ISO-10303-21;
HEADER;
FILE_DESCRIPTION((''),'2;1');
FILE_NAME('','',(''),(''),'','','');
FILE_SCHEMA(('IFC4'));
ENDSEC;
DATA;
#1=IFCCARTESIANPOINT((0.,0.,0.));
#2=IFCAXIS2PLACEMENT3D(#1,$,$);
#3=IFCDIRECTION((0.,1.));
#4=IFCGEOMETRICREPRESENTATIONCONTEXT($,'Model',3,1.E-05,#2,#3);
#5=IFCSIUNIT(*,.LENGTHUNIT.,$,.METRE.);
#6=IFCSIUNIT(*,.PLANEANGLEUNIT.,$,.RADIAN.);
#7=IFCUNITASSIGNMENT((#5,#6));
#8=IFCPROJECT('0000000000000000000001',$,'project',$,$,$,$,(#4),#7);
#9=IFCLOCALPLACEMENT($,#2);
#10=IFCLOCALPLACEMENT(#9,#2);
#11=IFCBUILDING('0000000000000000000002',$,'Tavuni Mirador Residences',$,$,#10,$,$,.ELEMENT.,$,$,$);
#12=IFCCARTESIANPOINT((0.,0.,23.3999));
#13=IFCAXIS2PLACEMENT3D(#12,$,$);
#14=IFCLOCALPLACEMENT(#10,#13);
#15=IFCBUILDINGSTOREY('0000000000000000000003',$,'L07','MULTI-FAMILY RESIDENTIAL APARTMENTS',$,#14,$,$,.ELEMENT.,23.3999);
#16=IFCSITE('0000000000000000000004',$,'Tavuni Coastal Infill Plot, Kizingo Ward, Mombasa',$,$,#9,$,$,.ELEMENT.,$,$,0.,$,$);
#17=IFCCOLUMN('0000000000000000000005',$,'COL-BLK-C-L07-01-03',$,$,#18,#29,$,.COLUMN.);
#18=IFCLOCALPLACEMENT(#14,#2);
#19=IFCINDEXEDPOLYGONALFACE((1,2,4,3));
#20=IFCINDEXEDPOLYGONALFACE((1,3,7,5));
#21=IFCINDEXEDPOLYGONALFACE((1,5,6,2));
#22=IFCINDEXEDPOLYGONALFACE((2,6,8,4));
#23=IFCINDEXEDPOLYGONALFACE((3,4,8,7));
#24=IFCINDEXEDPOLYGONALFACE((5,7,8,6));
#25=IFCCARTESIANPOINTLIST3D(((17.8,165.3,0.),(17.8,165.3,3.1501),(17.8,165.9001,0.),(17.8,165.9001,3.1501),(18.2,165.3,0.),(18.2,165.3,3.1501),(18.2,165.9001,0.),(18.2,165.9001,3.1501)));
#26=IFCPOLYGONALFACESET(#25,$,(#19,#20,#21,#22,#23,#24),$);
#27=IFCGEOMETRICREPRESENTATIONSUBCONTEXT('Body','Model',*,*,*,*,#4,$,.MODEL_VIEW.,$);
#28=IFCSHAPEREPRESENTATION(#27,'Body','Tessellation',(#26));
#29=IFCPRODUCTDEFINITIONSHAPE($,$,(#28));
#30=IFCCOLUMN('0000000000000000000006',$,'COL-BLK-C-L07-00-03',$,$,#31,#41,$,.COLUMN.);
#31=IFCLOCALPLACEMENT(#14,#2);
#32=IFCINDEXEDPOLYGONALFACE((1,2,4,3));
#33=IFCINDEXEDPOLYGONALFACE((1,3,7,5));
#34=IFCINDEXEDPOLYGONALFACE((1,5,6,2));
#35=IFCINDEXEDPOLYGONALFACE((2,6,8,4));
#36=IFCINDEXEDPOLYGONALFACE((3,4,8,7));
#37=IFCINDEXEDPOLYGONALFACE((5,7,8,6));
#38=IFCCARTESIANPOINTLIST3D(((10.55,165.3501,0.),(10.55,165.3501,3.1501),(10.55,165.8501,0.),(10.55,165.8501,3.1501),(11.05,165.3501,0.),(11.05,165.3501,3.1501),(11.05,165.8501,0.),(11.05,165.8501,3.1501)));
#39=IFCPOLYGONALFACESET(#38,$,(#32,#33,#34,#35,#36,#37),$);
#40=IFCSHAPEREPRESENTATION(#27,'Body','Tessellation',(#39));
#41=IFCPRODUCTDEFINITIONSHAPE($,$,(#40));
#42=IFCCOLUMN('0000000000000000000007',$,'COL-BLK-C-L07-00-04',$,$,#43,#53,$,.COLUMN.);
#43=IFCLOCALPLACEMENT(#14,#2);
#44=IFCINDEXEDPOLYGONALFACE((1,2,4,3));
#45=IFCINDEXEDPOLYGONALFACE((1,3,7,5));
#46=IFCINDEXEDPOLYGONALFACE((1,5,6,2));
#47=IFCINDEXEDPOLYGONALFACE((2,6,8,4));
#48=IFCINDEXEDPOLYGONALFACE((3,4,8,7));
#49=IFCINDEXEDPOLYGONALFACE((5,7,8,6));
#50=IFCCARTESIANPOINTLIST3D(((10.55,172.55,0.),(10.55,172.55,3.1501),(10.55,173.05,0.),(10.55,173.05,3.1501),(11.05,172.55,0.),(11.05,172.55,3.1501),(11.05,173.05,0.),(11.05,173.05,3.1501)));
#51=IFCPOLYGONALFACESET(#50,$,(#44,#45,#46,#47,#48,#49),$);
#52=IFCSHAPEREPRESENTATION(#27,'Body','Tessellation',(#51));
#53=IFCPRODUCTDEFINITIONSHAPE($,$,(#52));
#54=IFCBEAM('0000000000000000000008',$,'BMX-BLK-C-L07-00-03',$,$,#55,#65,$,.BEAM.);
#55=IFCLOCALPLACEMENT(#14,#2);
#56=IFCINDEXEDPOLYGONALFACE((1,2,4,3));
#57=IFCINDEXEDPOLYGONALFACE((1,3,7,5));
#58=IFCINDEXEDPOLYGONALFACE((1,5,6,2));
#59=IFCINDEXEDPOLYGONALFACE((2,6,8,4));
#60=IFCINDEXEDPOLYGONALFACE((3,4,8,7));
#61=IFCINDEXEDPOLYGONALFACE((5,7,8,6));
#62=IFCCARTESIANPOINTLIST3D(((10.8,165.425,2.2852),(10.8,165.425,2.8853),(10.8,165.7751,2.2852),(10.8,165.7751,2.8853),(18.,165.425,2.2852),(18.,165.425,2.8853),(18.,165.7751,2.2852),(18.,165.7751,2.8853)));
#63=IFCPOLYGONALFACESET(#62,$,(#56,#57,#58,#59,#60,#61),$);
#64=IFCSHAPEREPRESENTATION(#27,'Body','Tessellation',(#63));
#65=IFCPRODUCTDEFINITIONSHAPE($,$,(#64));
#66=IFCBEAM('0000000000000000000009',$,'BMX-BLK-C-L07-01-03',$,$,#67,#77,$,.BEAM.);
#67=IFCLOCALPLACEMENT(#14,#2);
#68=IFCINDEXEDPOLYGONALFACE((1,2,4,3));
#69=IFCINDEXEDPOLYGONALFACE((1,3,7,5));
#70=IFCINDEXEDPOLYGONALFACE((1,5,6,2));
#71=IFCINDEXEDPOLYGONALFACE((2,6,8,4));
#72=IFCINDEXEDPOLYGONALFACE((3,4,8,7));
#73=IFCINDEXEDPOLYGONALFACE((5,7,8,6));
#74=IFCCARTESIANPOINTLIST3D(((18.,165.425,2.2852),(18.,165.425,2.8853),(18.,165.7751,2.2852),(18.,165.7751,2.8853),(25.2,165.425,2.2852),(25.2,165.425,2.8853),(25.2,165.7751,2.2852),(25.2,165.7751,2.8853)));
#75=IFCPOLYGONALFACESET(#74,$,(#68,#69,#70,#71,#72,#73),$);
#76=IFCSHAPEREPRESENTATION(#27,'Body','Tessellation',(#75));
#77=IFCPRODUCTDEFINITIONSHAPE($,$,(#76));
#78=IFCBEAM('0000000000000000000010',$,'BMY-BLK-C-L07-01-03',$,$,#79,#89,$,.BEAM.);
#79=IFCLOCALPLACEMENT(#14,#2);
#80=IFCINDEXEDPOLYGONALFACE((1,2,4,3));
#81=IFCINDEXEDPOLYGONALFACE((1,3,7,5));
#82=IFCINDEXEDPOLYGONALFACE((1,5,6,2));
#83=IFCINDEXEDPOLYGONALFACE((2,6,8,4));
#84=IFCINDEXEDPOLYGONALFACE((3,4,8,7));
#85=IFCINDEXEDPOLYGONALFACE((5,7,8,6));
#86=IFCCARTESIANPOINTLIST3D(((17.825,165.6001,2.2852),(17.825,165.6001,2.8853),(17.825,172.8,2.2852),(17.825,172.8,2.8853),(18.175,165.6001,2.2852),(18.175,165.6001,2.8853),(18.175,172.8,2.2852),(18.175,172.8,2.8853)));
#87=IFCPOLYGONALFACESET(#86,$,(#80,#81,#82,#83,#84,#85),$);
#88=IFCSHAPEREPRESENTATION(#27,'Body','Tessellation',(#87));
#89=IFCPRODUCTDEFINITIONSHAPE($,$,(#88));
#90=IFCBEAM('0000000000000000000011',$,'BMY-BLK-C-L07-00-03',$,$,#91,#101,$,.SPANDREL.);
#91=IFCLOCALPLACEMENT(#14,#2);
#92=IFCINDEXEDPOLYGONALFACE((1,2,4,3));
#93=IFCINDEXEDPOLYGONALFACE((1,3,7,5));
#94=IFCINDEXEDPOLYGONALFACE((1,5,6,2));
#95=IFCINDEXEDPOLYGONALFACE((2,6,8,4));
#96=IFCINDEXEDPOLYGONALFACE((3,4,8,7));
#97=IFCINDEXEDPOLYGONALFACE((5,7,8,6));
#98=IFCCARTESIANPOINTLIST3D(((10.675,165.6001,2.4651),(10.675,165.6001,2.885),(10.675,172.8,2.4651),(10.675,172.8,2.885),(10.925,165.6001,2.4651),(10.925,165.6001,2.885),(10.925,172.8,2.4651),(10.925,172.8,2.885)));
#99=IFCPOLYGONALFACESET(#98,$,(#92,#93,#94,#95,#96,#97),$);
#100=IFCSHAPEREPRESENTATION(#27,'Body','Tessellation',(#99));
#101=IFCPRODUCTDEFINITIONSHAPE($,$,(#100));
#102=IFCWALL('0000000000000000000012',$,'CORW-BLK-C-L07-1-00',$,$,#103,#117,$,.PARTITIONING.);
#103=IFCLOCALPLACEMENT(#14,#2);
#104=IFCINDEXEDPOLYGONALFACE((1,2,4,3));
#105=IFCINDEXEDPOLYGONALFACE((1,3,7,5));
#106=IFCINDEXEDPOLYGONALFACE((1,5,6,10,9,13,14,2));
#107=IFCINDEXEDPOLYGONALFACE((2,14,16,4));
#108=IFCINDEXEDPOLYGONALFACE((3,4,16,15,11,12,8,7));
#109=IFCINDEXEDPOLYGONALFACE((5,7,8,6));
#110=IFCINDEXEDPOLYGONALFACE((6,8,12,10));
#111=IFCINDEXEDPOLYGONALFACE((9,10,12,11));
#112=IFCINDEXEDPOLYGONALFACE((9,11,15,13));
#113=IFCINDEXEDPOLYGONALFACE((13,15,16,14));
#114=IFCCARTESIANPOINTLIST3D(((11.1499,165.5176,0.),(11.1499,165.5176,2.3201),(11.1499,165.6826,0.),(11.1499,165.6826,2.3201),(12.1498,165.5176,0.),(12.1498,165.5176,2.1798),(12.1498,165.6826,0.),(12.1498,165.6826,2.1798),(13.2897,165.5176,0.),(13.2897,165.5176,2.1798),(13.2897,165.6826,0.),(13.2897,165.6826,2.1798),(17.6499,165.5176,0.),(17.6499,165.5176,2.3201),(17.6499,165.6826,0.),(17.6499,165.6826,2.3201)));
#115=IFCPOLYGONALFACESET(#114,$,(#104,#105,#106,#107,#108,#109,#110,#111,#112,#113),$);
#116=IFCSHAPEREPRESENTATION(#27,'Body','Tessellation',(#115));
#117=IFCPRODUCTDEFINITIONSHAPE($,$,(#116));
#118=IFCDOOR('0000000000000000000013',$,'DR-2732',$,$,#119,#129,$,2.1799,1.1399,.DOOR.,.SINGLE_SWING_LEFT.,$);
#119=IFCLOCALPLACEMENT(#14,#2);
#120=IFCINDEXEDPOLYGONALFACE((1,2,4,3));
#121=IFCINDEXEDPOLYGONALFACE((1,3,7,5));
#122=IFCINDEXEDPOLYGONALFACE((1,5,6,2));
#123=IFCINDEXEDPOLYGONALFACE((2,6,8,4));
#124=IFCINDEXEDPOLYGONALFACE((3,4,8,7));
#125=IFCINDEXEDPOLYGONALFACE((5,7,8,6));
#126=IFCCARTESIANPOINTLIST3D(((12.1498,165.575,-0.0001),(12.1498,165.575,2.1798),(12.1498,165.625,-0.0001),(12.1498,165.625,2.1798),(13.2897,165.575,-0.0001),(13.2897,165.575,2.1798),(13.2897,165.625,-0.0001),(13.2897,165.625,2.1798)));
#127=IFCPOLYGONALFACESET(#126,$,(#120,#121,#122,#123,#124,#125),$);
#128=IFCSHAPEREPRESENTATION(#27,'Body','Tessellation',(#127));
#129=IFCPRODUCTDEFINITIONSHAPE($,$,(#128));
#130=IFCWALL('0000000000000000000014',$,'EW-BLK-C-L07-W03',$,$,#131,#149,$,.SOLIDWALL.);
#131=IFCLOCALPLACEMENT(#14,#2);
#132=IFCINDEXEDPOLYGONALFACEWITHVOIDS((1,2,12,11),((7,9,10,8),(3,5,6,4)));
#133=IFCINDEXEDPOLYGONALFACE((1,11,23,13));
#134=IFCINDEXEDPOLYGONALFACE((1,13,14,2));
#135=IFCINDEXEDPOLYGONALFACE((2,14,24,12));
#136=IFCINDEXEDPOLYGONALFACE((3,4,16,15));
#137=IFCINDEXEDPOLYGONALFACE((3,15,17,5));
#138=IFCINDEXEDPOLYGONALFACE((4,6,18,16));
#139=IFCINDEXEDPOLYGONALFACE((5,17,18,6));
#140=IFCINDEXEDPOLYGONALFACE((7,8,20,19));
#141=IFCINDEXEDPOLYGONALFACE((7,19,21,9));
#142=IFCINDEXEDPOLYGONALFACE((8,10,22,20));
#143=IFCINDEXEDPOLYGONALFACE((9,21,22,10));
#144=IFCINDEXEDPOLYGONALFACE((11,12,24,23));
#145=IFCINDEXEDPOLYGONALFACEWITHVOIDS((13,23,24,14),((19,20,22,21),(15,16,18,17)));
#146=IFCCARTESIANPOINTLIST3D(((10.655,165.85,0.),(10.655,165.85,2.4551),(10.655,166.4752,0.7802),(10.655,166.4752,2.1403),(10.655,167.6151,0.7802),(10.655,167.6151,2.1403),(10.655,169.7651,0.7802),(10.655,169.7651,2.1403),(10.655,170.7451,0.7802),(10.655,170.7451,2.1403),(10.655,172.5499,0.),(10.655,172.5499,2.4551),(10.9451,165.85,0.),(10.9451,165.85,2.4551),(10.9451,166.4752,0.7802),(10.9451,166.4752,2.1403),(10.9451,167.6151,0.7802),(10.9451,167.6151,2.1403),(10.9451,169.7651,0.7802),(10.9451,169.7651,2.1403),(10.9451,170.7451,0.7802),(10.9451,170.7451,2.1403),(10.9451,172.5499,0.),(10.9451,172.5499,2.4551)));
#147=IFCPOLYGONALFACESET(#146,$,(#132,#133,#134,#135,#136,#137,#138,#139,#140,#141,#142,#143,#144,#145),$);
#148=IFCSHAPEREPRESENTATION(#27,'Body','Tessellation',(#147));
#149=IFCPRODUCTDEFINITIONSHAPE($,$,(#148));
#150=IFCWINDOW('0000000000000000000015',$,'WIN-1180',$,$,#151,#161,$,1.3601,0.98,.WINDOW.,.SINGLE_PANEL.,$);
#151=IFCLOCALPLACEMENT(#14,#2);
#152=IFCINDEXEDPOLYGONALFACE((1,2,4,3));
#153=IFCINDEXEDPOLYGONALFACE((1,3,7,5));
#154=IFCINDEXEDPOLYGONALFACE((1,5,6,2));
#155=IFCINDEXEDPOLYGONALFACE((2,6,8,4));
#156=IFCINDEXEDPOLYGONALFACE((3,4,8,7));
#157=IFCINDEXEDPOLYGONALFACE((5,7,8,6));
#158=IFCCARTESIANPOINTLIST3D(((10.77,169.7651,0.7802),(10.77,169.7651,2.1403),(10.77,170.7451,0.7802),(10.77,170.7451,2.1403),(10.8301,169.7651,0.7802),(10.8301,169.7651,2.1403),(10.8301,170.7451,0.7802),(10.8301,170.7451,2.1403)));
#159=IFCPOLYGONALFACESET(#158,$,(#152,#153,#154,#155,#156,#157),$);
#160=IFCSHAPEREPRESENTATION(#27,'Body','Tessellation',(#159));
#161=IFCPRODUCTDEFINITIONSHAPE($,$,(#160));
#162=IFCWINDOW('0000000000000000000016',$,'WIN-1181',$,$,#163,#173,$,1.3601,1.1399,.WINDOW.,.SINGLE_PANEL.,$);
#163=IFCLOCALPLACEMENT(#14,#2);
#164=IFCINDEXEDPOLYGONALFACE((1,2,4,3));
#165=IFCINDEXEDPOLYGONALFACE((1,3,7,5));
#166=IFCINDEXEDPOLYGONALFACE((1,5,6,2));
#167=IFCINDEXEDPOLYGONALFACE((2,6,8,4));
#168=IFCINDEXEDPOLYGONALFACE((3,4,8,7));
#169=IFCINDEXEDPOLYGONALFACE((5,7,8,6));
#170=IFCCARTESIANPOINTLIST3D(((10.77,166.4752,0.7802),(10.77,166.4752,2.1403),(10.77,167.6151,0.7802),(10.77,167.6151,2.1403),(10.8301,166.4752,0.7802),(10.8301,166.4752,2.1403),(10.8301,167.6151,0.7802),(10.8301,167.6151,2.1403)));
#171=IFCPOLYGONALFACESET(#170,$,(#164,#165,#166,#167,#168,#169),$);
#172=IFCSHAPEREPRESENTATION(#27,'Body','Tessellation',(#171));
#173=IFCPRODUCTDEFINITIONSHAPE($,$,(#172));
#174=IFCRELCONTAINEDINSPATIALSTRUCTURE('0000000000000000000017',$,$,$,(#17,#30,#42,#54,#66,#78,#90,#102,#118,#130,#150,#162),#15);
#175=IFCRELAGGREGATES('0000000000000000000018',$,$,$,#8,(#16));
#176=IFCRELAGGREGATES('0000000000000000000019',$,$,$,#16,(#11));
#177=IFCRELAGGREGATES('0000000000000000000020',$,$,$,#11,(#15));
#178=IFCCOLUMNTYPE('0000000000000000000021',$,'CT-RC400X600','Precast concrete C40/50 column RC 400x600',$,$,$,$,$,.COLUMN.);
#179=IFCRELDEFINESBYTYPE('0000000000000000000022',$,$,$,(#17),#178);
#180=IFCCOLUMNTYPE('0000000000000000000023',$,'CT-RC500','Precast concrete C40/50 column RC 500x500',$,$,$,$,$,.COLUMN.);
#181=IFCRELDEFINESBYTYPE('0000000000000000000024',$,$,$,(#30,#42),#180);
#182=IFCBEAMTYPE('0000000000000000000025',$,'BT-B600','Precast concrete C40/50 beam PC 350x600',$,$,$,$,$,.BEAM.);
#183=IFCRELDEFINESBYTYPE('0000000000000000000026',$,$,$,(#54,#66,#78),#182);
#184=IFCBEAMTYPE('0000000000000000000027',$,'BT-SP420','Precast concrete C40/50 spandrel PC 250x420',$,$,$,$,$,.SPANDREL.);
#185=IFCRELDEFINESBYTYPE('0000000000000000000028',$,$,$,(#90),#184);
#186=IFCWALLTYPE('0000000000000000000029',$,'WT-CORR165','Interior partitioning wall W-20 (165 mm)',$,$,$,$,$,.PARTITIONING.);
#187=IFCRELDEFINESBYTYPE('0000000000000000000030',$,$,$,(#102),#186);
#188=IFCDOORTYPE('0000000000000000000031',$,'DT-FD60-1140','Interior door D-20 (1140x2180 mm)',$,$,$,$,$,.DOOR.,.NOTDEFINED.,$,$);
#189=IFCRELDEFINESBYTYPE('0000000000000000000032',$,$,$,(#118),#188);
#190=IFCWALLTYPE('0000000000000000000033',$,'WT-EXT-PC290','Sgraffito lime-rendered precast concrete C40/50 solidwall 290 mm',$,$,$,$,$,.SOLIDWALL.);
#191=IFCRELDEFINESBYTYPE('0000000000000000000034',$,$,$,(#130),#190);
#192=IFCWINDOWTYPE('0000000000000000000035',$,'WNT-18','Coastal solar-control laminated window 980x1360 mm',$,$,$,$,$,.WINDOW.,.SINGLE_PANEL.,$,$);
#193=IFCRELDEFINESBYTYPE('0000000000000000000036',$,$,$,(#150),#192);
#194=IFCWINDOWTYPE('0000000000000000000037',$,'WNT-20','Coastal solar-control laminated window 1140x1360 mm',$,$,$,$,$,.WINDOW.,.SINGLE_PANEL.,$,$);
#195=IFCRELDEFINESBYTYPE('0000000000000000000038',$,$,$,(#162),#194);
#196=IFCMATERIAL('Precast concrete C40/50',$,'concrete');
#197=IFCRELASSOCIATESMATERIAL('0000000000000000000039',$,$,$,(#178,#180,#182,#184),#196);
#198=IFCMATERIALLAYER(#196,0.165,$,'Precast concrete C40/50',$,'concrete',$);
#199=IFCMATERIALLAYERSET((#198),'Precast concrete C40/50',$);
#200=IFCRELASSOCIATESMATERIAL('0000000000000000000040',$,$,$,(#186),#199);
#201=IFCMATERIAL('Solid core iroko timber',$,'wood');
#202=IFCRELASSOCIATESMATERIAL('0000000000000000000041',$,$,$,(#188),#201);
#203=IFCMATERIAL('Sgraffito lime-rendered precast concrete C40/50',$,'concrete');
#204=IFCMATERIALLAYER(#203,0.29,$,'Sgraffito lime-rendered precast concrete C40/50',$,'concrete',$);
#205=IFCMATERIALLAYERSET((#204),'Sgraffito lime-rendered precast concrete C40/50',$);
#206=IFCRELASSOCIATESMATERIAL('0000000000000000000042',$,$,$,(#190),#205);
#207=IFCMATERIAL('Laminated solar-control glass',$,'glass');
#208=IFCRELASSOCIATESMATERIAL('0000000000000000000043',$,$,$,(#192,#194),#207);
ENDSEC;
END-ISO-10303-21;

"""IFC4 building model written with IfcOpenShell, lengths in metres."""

from ifc_helpers import new_model, si_unit, direction, frame, frame_2d, origin, origin_2d, place, context, subcontext, project, spatial, rectangle, extrude, material, layer, layer_set, material_profile, profile_set, type_object, element, fill, save


model = new_model("IFC4")

# Units and contexts
model_context = context("Model", 3, precision=1e-05, world=origin(), true_north=direction((0.0, 1.0)))
body_context = subcontext(model_context, "Body", "Model", "MODEL_VIEW")
ifc_project = project(units=[si_unit("LENGTHUNIT", "METRE"), si_unit("PLANEANGLEUNIT", "RADIAN")], contexts=[model_context])

# Site, building, storey
site_placement = place(None, origin())
site = spatial("IfcSite", under=ifc_project, at=site_placement, Name="Tavuni Coastal Infill Plot, Kizingo Ward, Mombasa", CompositionType="ELEMENT", RefElevation=0.0)
building_placement = place(site_placement, origin())
building = spatial("IfcBuilding", under=site, at=building_placement, Name="Tavuni Mirador Residences", CompositionType="ELEMENT")
storey_placement = place(building_placement, frame((0.0, 0.0, 23.3999)))
storey = spatial("IfcBuildingStorey", under=building, at=storey_placement, Name="L07", Description="MULTI-FAMILY RESIDENTIAL APARTMENTS", CompositionType="ELEMENT", Elevation=23.3999)

# Columns
ifc_material_1 = material(Name="Precast concrete C40/50", Category="concrete")
ifc_material_profile_1 = material_profile(ifc_material_1, rectangle(XDim=0.3999, YDim=0.6001, at=origin_2d()), Name="RC 400x600", Category="concrete")
ifc_profile_set_1 = profile_set([ifc_material_profile_1], Name="Precast concrete C40/50")
column_type_1 = type_object("IfcColumnType", Name="CT-RC400X600", Description="Precast concrete C40/50 column RC 400x600", PredefinedType="COLUMN", material=ifc_profile_set_1)
column_placement = place(storey_placement, frame((18.0, 165.6001, 0.0), z_axis=(0.0, 0.0, 1.0), x_axis=(1.0, 0.0, 0.0)))
element("IfcColumn", 1, at=column_placement, inside=storey, type_object=column_type_1, Name="COL-BLK-C-L07-01-03", PredefinedType="COLUMN", context=body_context, shape_type="SweptSolid", body=[
    extrude(rectangle(XDim=0.3999, YDim=0.6001, at=origin_2d()), origin(), (0.0, 0.0, 1.0), 3.1501),
])
ifc_material_profile_2 = material_profile(ifc_material_1, rectangle(XDim=0.5, YDim=0.5, at=origin_2d()), Name="RC 500x500", Category="concrete")
ifc_profile_set_2 = profile_set([ifc_material_profile_2], Name="Precast concrete C40/50")
column_type_2 = type_object("IfcColumnType", Name="CT-RC500", Description="Precast concrete C40/50 column RC 500x500", PredefinedType="COLUMN", material=ifc_profile_set_2)
for number, where, z_axis, x_axis, name in (
    (2, (10.8, 165.6001, 0.0), (0.0, 0.0, 1.0), (1.0, 0.0, 0.0), "COL-BLK-C-L07-00-03"),
    (3, (10.8, 172.8, 0.0), (0.0, 0.0, 1.0), (1.0, 0.0, 0.0), "COL-BLK-C-L07-00-04"),
):
    element("IfcColumn", number, at=place(storey_placement, frame(where, z_axis=z_axis, x_axis=x_axis)), inside=storey, type_object=column_type_2, Name=name, PredefinedType="COLUMN", context=body_context, shape_type="SweptSolid", body=[
        extrude(rectangle(XDim=0.5, YDim=0.5, at=origin_2d()), origin(), (0.0, 0.0, 1.0), 3.1501),
    ])

# Beams
ifc_material_profile_3 = material_profile(ifc_material_1, rectangle(XDim=0.3501, YDim=0.6001, at=origin_2d()), Name="PC 350x600", Category="concrete")
ifc_profile_set_3 = profile_set([ifc_material_profile_3], Name="Precast concrete C40/50")
beam_type_1 = type_object("IfcBeamType", Name="BT-B600", Description="Precast concrete C40/50 beam PC 350x600", PredefinedType="BEAM", material=ifc_profile_set_3)
for number, where, z_axis, x_axis, name in (
    (4, (10.8, 165.6001, 2.5852), (1.0, 0.0, 0.0), (0.0, 1.0, 0.0), "BMX-BLK-C-L07-00-03"),
    (5, (18.0, 165.6001, 2.5852), (1.0, 0.0, 0.0), (0.0, 1.0, 0.0), "BMX-BLK-C-L07-01-03"),
    (6, (18.0, 165.6001, 2.5852), (0.0, 1.0, 0.0), (-1.0, 0.0, 0.0), "BMY-BLK-C-L07-01-03"),
):
    element("IfcBeam", number, at=place(storey_placement, frame(where, z_axis=z_axis, x_axis=x_axis)), inside=storey, type_object=beam_type_1, Name=name, PredefinedType="BEAM", context=body_context, shape_type="SweptSolid", body=[
        extrude(rectangle(XDim=0.3501, YDim=0.6001, at=origin_2d()), origin(), (0.0, 0.0, 1.0), 7.2),
    ])
ifc_material_profile_4 = material_profile(ifc_material_1, rectangle(XDim=0.25, YDim=0.4199, at=origin_2d()), Name="PC 250x420", Category="concrete")
ifc_profile_set_4 = profile_set([ifc_material_profile_4], Name="Precast concrete C40/50")
beam_type_2 = type_object("IfcBeamType", Name="BT-SP420", Description="Precast concrete C40/50 spandrel PC 250x420", PredefinedType="SPANDREL", material=ifc_profile_set_4)
beam_placement = place(storey_placement, frame((10.8, 165.6001, 2.675), z_axis=(0.0, 1.0, 0.0), x_axis=(-1.0, 0.0, 0.0)))
element("IfcBeam", 7, at=beam_placement, inside=storey, type_object=beam_type_2, Name="BMY-BLK-C-L07-00-03", PredefinedType="SPANDREL", context=body_context, shape_type="SweptSolid", body=[
    extrude(rectangle(XDim=0.25, YDim=0.4199, at=origin_2d()), origin(), (0.0, 0.0, 1.0), 7.2),
])

# Wall, opening, door
ifc_layer_1 = layer(ifc_material_1, 0.165, Name="Precast concrete C40/50", Category="concrete")
ifc_layer_set_1 = layer_set([ifc_layer_1], Name="Precast concrete C40/50")
wall_type_1 = type_object("IfcWallType", Name="WT-CORR165", Description="Interior partitioning wall W-20 (165 mm)", PredefinedType="PARTITIONING", material=ifc_layer_set_1)
wall_1_placement = place(storey_placement, frame((11.1499, 165.6001, 0.0), z_axis=(0.0, 0.0, 1.0), x_axis=(1.0, 0.0, 0.0)))
wall_1 = element("IfcWall", 8, at=wall_1_placement, inside=storey, type_object=wall_type_1, Name="CORW-BLK-C-L07-1-00", PredefinedType="PARTITIONING", context=body_context, shape_type="SweptSolid", body=[
    extrude(rectangle(XDim=6.5, YDim=0.165, at=frame_2d((3.25, 0.0))), origin(), (0.0, 0.0, 1.0), 2.3201),
])
opening_1_placement = place(wall_1_placement, frame((1.0, 0.0, 0.0)))
opening_1 = element("IfcOpeningElement", 9, at=opening_1_placement, cuts=wall_1, PredefinedType="OPENING", context=body_context, shape_type="SweptSolid", body=[
    extrude(rectangle(XDim=1.1399, YDim=2.1799, at=frame_2d((0.5698, 1.0898))), frame((0.0, 0.0925, 0.0), z_axis=(0.0, -1.0, 0.0), x_axis=(1.0, 0.0, 0.0)), (0.0, 0.0, 1.0), 0.1851),
])
ifc_material_2 = material(Name="Solid core iroko timber", Category="wood")
door_type_1 = type_object("IfcDoorType", Name="DT-FD60-1140", Description="Interior door D-20 (1140x2180 mm)", OperationType="NOTDEFINED", PredefinedType="DOOR", material=ifc_material_2)
door_1_placement = place(opening_1_placement, origin())
door_1 = element("IfcDoor", 10, at=door_1_placement, inside=storey, type_object=door_type_1, Name="DR-2732", OperationType="SINGLE_SWING_LEFT", OverallHeight=2.1799, OverallWidth=1.1399, PredefinedType="DOOR", context=body_context, shape_type="SweptSolid", body=[
    extrude(rectangle(XDim=1.1399, YDim=2.1799, at=frame_2d((0.5698, 1.0898))), frame((0.0, 0.0249, 0.0), z_axis=(0.0, -1.0, 0.0), x_axis=(1.0, 0.0, 0.0)), (0.0, 0.0, 1.0), 0.05),
])
fill(opening_1, door_1)

# Wall, openings, windows
ifc_material_3 = material(Name="Sgraffito lime-rendered precast concrete C40/50", Category="concrete")
ifc_layer_2 = layer(ifc_material_3, 0.29, Name="Sgraffito lime-rendered precast concrete C40/50", Category="concrete")
ifc_layer_set_2 = layer_set([ifc_layer_2], Name="Sgraffito lime-rendered precast concrete C40/50")
wall_type_2 = type_object("IfcWallType", Name="WT-EXT-PC290", Description="Sgraffito lime-rendered precast concrete C40/50 solidwall 290 mm", PredefinedType="SOLIDWALL", material=ifc_layer_set_2)
wall_2_placement = place(storey_placement, frame((10.8, 172.55, 0.0), z_axis=(0.0, 0.0, 1.0), x_axis=(0.0, -1.0, 0.0)))
wall_2 = element("IfcWall", 11, at=wall_2_placement, inside=storey, type_object=wall_type_2, Name="EW-BLK-C-L07-W03", PredefinedType="SOLIDWALL", context=body_context, shape_type="SweptSolid", body=[
    extrude(rectangle(XDim=6.7, YDim=0.29, at=frame_2d((3.3501, 0.0))), origin(), (0.0, 0.0, 1.0), 2.4551),
])
opening_2_placement = place(wall_2_placement, frame((1.8049, 0.0, 0.78)))
opening_2 = element("IfcOpeningElement", 12, at=opening_2_placement, cuts=wall_2, PredefinedType="OPENING", context=body_context, shape_type="SweptSolid", body=[
    extrude(rectangle(XDim=0.98, YDim=1.3601, at=frame_2d((0.49, 0.6802))), frame((0.0, 0.155, 0.0), z_axis=(0.0, -1.0, 0.0), x_axis=(1.0, 0.0, 0.0)), (0.0, 0.0, 1.0), 0.3101),
])
opening_3_placement = place(wall_2_placement, frame((4.9351, 0.0, 0.78)))
opening_3 = element("IfcOpeningElement", 13, at=opening_3_placement, cuts=wall_2, PredefinedType="OPENING", context=body_context, shape_type="SweptSolid", body=[
    extrude(rectangle(XDim=1.1399, YDim=1.3601, at=frame_2d((0.5698, 0.6802))), frame((0.0, 0.155, 0.0), z_axis=(0.0, -1.0, 0.0), x_axis=(1.0, 0.0, 0.0)), (0.0, 0.0, 1.0), 0.3101),
])
ifc_material_4 = material(Name="Laminated solar-control glass", Category="glass")
window_type_1 = type_object("IfcWindowType", Name="WNT-18", Description="Coastal solar-control laminated window 980x1360 mm", PartitioningType="SINGLE_PANEL", PredefinedType="WINDOW", material=ifc_material_4)
window_1_placement = place(opening_2_placement, origin())
window_1 = element("IfcWindow", 14, at=window_1_placement, inside=storey, type_object=window_type_1, Name="WIN-1180", OverallHeight=1.3601, OverallWidth=0.98, PartitioningType="SINGLE_PANEL", PredefinedType="WINDOW", context=body_context, shape_type="SweptSolid", body=[
    extrude(rectangle(XDim=0.98, YDim=1.3601, at=frame_2d((0.49, 0.6802))), frame((0.0, 0.03, 0.0), z_axis=(0.0, -1.0, 0.0), x_axis=(1.0, 0.0, 0.0)), (0.0, 0.0, 1.0), 0.0601),
])
fill(opening_2, window_1)
window_type_2 = type_object("IfcWindowType", Name="WNT-20", Description="Coastal solar-control laminated window 1140x1360 mm", PartitioningType="SINGLE_PANEL", PredefinedType="WINDOW", material=ifc_material_4)
window_2_placement = place(opening_3_placement, origin())
window_2 = element("IfcWindow", 15, at=window_2_placement, inside=storey, type_object=window_type_2, Name="WIN-1181", OverallHeight=1.3601, OverallWidth=1.1399, PartitioningType="SINGLE_PANEL", PredefinedType="WINDOW", context=body_context, shape_type="SweptSolid", body=[
    extrude(rectangle(XDim=1.1399, YDim=1.3601, at=frame_2d((0.5698, 0.6802))), frame((0.0, 0.03, 0.0), z_axis=(0.0, -1.0, 0.0), x_axis=(1.0, 0.0, 0.0)), (0.0, 0.0, 1.0), 0.0601),
])
fill(opening_3, window_2)

save(model, "model.ifc")
